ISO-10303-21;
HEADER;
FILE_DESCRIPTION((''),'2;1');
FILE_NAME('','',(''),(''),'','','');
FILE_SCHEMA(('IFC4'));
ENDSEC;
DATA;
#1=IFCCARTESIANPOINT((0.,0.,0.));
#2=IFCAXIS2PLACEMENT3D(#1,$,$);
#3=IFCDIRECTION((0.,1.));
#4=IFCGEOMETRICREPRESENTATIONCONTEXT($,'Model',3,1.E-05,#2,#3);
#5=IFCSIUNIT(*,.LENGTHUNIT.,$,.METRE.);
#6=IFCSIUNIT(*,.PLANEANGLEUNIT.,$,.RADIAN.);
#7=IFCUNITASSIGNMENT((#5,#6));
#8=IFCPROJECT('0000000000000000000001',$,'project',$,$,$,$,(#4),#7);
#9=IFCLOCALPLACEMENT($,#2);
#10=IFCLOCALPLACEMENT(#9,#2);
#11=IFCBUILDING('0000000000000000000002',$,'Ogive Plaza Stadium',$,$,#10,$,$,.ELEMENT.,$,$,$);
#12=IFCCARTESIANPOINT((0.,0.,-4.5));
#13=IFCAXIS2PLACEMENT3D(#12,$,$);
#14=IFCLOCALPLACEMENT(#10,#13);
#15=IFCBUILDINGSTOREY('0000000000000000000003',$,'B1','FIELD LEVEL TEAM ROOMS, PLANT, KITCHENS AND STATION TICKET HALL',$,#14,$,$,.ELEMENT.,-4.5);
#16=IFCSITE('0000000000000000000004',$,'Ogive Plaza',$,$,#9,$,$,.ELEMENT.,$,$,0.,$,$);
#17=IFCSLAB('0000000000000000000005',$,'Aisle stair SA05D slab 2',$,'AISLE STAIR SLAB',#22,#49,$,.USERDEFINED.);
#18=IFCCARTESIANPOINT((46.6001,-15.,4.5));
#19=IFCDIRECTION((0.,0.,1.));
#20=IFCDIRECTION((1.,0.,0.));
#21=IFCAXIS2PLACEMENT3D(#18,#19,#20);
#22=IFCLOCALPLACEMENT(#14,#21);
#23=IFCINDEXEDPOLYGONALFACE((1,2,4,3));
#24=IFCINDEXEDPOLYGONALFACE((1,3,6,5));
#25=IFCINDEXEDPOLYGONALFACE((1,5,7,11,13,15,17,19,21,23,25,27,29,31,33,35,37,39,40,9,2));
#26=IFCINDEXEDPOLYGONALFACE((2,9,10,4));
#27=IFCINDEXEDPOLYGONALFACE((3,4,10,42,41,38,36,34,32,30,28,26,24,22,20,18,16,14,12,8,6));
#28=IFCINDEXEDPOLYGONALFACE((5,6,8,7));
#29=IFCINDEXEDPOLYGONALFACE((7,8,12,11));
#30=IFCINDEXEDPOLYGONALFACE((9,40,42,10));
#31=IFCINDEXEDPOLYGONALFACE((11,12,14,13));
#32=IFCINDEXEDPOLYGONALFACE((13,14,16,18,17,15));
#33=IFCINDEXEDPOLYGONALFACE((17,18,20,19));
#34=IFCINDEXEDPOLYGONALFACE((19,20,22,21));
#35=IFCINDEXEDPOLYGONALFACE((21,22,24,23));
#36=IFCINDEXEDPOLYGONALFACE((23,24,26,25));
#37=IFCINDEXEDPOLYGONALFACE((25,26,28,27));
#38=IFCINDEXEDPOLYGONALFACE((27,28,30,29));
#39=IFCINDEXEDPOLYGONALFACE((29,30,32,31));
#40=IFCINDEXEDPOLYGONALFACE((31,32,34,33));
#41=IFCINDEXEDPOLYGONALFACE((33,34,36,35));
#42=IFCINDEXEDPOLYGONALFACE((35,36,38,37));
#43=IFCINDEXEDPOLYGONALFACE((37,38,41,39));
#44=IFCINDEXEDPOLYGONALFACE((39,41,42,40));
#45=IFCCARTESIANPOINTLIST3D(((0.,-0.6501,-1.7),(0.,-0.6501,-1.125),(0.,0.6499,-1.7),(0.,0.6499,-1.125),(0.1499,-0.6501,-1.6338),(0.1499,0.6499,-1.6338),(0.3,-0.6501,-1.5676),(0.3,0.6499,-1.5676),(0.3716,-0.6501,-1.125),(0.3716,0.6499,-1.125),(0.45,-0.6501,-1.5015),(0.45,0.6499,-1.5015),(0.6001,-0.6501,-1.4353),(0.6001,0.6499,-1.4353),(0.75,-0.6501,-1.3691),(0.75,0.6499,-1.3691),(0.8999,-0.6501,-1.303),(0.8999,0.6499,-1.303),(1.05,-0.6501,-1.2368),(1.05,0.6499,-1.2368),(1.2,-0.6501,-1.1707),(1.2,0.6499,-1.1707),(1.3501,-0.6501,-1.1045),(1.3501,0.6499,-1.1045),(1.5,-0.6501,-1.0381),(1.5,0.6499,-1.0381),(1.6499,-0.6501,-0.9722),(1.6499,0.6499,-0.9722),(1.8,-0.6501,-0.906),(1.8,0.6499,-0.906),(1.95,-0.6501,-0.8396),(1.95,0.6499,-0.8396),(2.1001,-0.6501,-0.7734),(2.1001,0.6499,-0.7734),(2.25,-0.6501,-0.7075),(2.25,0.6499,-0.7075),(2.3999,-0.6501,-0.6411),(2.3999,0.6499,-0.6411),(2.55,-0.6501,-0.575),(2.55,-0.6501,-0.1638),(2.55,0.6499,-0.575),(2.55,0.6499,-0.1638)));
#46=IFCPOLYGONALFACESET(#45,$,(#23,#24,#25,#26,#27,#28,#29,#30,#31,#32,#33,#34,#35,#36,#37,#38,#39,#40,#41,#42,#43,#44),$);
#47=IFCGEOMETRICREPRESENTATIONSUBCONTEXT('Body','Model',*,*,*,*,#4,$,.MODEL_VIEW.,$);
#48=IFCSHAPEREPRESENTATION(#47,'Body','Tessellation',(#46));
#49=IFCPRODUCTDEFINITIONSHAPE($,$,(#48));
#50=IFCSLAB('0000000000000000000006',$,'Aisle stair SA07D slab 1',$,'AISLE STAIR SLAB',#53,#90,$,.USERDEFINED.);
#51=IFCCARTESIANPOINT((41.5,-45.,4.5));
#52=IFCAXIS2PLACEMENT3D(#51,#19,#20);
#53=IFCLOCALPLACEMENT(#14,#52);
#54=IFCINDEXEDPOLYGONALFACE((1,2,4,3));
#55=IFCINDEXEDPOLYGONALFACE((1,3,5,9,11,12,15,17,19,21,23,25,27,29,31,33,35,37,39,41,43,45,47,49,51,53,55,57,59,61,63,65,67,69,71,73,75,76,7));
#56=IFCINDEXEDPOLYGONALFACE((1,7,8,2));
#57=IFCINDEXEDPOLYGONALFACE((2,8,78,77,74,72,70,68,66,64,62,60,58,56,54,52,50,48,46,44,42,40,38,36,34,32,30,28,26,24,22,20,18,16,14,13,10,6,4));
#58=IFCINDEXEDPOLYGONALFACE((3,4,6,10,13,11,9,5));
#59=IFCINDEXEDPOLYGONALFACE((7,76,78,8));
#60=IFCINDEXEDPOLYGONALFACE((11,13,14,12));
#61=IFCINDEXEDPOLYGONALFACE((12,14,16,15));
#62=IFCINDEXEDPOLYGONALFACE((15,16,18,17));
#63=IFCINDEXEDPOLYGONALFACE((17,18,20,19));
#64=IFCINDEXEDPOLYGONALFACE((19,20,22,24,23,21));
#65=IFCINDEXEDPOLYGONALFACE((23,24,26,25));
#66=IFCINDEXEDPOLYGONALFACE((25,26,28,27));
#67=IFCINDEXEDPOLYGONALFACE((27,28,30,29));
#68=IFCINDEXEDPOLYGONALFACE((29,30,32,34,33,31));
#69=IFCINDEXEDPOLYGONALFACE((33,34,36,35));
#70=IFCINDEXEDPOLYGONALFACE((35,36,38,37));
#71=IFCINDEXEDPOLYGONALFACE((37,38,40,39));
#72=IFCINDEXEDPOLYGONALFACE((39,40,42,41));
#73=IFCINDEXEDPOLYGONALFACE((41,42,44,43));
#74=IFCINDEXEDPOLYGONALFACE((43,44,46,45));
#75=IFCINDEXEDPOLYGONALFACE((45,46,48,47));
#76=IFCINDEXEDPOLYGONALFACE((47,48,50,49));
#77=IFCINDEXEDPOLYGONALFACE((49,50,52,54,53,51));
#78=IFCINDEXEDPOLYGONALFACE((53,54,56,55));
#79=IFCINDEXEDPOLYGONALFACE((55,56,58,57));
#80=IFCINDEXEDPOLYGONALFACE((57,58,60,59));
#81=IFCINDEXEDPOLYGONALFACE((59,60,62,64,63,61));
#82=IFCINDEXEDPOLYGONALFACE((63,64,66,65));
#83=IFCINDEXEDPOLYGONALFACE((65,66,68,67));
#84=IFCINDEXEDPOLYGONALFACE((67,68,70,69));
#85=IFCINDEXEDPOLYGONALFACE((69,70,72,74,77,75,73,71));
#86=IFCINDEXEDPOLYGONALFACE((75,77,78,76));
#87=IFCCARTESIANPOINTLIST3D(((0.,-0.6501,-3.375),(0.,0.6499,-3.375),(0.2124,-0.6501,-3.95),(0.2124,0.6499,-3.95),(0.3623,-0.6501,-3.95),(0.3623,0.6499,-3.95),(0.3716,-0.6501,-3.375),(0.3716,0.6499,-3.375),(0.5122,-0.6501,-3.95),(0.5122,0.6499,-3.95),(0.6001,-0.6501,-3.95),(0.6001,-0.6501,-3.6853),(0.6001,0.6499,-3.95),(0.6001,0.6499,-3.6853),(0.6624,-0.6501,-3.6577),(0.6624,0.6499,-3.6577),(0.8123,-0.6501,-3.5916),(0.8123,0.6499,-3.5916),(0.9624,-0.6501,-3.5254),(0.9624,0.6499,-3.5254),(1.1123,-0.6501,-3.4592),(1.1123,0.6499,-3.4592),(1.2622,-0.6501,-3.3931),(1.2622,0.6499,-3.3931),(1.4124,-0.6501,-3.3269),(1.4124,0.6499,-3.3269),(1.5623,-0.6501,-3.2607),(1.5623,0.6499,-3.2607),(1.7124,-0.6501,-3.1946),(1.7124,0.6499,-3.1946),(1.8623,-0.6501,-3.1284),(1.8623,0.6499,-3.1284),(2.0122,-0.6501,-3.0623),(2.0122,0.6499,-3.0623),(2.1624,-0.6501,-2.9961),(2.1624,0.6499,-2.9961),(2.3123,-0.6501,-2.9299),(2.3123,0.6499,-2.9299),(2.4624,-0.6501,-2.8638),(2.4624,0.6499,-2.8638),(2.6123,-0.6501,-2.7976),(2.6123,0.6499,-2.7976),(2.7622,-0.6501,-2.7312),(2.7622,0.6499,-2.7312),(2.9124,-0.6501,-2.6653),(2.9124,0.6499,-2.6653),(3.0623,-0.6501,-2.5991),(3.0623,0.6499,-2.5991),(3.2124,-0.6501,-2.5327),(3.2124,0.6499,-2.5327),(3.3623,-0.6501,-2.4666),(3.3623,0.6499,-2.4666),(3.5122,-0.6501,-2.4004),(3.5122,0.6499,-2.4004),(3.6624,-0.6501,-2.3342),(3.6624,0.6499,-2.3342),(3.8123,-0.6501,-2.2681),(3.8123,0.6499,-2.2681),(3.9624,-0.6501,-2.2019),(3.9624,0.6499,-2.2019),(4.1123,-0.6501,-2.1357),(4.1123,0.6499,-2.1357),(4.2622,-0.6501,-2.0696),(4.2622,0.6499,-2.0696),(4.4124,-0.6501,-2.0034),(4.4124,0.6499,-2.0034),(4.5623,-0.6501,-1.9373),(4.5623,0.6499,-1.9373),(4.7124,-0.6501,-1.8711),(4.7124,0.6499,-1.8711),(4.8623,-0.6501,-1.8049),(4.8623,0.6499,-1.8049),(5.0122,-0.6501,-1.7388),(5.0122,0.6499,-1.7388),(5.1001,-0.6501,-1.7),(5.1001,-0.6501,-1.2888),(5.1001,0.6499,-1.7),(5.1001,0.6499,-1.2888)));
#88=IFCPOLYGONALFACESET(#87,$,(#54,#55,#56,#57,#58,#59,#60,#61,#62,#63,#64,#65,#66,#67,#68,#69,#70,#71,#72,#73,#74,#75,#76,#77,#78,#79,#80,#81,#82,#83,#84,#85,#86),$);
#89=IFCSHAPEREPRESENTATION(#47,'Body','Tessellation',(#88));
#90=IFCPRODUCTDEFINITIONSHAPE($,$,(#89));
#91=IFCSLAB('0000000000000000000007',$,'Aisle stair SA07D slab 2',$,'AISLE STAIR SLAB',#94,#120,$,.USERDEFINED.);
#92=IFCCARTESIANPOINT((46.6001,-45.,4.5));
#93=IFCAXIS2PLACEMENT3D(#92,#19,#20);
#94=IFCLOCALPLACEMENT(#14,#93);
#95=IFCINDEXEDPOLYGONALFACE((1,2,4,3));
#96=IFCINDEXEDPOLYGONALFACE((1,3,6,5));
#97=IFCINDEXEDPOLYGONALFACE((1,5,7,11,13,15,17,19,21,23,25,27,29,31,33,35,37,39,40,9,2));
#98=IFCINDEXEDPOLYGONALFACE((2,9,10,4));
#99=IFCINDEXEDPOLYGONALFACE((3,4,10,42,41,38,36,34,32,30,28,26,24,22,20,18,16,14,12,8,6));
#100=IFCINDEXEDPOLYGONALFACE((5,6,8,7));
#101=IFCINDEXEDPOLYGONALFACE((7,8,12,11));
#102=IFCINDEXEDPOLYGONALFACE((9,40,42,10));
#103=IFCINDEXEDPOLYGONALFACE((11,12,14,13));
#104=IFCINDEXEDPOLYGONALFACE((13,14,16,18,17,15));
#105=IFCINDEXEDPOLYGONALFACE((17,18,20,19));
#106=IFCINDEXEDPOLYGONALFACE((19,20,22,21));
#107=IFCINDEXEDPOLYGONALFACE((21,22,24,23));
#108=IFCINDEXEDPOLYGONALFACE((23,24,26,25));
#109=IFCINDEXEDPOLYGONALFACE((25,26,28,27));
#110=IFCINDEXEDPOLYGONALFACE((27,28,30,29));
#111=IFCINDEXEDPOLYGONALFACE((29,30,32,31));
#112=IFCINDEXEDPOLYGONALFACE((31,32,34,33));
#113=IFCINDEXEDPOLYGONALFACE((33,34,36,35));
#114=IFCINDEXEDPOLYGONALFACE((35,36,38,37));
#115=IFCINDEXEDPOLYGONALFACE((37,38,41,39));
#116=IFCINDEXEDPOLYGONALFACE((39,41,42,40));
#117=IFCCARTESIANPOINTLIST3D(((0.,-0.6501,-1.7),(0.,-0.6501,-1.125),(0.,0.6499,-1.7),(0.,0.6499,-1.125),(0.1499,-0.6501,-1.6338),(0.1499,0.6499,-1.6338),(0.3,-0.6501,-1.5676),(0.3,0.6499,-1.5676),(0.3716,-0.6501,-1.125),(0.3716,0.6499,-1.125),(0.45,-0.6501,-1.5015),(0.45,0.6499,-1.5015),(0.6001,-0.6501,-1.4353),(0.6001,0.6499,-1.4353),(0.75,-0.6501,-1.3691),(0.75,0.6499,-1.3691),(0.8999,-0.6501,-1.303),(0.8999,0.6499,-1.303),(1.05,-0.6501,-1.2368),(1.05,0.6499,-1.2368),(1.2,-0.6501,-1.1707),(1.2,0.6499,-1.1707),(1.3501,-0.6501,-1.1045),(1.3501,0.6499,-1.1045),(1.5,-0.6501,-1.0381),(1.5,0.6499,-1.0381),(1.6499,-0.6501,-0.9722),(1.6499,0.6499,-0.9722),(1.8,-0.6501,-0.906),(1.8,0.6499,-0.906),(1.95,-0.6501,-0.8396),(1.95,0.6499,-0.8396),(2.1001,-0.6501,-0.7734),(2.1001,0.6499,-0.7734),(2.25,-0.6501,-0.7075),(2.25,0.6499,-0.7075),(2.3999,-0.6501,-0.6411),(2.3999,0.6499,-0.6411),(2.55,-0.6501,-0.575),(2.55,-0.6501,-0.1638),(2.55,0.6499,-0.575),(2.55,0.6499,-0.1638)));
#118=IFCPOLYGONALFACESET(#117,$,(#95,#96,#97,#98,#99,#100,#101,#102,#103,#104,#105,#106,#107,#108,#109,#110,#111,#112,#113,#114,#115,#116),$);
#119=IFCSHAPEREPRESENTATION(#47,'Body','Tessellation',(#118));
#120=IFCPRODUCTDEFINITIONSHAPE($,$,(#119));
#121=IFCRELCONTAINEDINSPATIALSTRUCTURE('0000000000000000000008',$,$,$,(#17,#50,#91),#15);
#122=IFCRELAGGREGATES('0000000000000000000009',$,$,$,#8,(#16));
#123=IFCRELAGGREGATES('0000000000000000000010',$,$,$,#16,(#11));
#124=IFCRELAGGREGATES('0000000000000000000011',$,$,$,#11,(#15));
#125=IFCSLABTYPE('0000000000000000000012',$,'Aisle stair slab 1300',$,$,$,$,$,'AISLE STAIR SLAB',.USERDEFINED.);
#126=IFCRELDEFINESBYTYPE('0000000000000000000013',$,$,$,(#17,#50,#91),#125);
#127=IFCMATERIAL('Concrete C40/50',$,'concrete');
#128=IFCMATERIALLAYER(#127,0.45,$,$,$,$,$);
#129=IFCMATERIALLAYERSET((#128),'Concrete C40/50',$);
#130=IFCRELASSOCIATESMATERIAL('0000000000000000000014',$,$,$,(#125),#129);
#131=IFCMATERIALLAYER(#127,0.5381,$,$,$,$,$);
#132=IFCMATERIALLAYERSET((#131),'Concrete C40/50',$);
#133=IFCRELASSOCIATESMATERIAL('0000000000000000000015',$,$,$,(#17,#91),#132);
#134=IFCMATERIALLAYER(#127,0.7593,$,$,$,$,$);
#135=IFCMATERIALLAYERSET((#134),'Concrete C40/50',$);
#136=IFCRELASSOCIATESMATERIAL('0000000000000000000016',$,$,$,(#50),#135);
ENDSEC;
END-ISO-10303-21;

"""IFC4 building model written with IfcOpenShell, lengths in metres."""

from ifc_helpers import new_model, si_unit, direction, frame, origin, place, context, subcontext, project, spatial, polyline, outline, extrude, material, layer, layer_set, type_object, element, save


model = new_model("IFC4")

# Units and contexts
model_context = context("Model", 3, precision=1e-05, world=origin(), true_north=direction((0.0, 1.0)))
body_context = subcontext(model_context, "Body", "Model", "MODEL_VIEW")
ifc_project = project(units=[si_unit("LENGTHUNIT", "METRE"), si_unit("PLANEANGLEUNIT", "RADIAN")], contexts=[model_context])

# Site, building, storey
site_placement = place(None, origin())
site = spatial("IfcSite", under=ifc_project, at=site_placement, Name="Ogive Plaza", CompositionType="ELEMENT", RefElevation=0.0)
building_placement = place(site_placement, origin())
building = spatial("IfcBuilding", under=site, at=building_placement, Name="Ogive Plaza Stadium", CompositionType="ELEMENT")
storey_placement = place(building_placement, frame((0.0, 0.0, -4.5)))
storey = spatial("IfcBuildingStorey", under=building, at=storey_placement, Name="B1", Description="FIELD LEVEL TEAM ROOMS, PLANT, KITCHENS AND STATION TICKET HALL", CompositionType="ELEMENT", Elevation=-4.5)

# Slabs
ifc_material_1 = material(Name="Concrete C40/50", Category="concrete")
ifc_layer_1 = layer(ifc_material_1, 0.7593)
ifc_layer_set_1 = layer_set([ifc_layer_1], Name="Concrete C40/50")
ifc_layer_2 = layer(ifc_material_1, 0.45)
ifc_layer_set_2 = layer_set([ifc_layer_2], Name="Concrete C40/50")
slab_type = type_object("IfcSlabType", Name="Aisle stair slab 1300", ElementType="AISLE STAIR SLAB", PredefinedType="USERDEFINED", material=ifc_layer_set_2)
ifc_layer_3 = layer(ifc_material_1, 0.5381)
ifc_layer_set_3 = layer_set([ifc_layer_3], Name="Concrete C40/50")
slab_1_placement = place(storey_placement, frame((46.6001, -15.0, 4.5), z_axis=(0.0, 0.0, 1.0), x_axis=(1.0, 0.0, 0.0)))
element("IfcSlab", 1, at=slab_1_placement, inside=storey, type_object=slab_type, material=ifc_layer_set_3, Name="Aisle stair SA05D slab 2", ObjectType="AISLE STAIR SLAB", PredefinedType="USERDEFINED", context=body_context, shape_type="SweptSolid", body=[
    extrude(outline(polyline([(0.0, -1.125), (0.3716, -1.125), (2.55, -0.1638), (2.55, -0.575), (2.3999, -0.6411), (2.25, -0.7075), (2.1001, -0.7734), (1.95, -0.8396), (1.8, -0.906), (1.6499, -0.9722), (1.5, -1.0381), (1.3501, -1.1045), (1.2, -1.1707), (1.05, -1.2368), (0.8999, -1.303), (0.75, -1.3691), (0.6001, -1.4353), (0.45, -1.5015), (0.3, -1.5676), (0.1499, -1.6338), (0.0, -1.7), (0.0, -1.125)])), frame((0.0, 0.6499, 0.0), z_axis=(0.0, -1.0, 0.0), x_axis=(1.0, 0.0, 0.0)), (0.0, 0.0, 1.0), 1.3),
])
slab_2_placement = place(storey_placement, frame((41.5, -45.0, 4.5), z_axis=(0.0, 0.0, 1.0), x_axis=(1.0, 0.0, 0.0)))
element("IfcSlab", 2, at=slab_2_placement, inside=storey, type_object=slab_type, material=ifc_layer_set_1, Name="Aisle stair SA07D slab 1", ObjectType="AISLE STAIR SLAB", PredefinedType="USERDEFINED", context=body_context, shape_type="SweptSolid", body=[
    extrude(outline(polyline([(0.0, -3.375), (0.3716, -3.375), (5.1001, -1.2888), (5.1001, -1.7), (5.0122, -1.7388), (4.8623, -1.8049), (4.7124, -1.8711), (4.5623, -1.9373), (4.4124, -2.0034), (4.2622, -2.0696), (4.1123, -2.1357), (3.9624, -2.2019), (3.8123, -2.2681), (3.6624, -2.3342), (3.5122, -2.4004), (3.3623, -2.4666), (3.2124, -2.5327), (3.0623, -2.5991), (2.9124, -2.6653), (2.7622, -2.7312), (2.6123, -2.7976), (2.4624, -2.8638), (2.3123, -2.9299), (2.1624, -2.9961), (2.0122, -3.0623), (1.8623, -3.1284), (1.7124, -3.1946), (1.5623, -3.2607), (1.4124, -3.3269), (1.2622, -3.3931), (1.1123, -3.4592), (0.9624, -3.5254), (0.8123, -3.5916), (0.6624, -3.6577), (0.6001, -3.6853), (0.6001, -3.95), (0.5122, -3.95), (0.3623, -3.95), (0.2124, -3.95), (0.0, -3.375)])), frame((0.0, 0.6499, 0.0), z_axis=(0.0, -1.0, 0.0), x_axis=(1.0, 0.0, 0.0)), (0.0, 0.0, 1.0), 1.3),
])
slab_3_placement = place(storey_placement, frame((46.6001, -45.0, 4.5), z_axis=(0.0, 0.0, 1.0), x_axis=(1.0, 0.0, 0.0)))
element("IfcSlab", 3, at=slab_3_placement, inside=storey, type_object=slab_type, material=ifc_layer_set_3, Name="Aisle stair SA07D slab 2", ObjectType="AISLE STAIR SLAB", PredefinedType="USERDEFINED", context=body_context, shape_type="SweptSolid", body=[
    extrude(outline(polyline([(0.0, -1.125), (0.3716, -1.125), (2.55, -0.1638), (2.55, -0.575), (2.3999, -0.6411), (2.25, -0.7075), (2.1001, -0.7734), (1.95, -0.8396), (1.8, -0.906), (1.6499, -0.9722), (1.5, -1.0381), (1.3501, -1.1045), (1.2, -1.1707), (1.05, -1.2368), (0.8999, -1.303), (0.75, -1.3691), (0.6001, -1.4353), (0.45, -1.5015), (0.3, -1.5676), (0.1499, -1.6338), (0.0, -1.7), (0.0, -1.125)])), frame((0.0, 0.6499, 0.0), z_axis=(0.0, -1.0, 0.0), x_axis=(1.0, 0.0, 0.0)), (0.0, 0.0, 1.0), 1.3),
])

save(model, "model.ifc")
